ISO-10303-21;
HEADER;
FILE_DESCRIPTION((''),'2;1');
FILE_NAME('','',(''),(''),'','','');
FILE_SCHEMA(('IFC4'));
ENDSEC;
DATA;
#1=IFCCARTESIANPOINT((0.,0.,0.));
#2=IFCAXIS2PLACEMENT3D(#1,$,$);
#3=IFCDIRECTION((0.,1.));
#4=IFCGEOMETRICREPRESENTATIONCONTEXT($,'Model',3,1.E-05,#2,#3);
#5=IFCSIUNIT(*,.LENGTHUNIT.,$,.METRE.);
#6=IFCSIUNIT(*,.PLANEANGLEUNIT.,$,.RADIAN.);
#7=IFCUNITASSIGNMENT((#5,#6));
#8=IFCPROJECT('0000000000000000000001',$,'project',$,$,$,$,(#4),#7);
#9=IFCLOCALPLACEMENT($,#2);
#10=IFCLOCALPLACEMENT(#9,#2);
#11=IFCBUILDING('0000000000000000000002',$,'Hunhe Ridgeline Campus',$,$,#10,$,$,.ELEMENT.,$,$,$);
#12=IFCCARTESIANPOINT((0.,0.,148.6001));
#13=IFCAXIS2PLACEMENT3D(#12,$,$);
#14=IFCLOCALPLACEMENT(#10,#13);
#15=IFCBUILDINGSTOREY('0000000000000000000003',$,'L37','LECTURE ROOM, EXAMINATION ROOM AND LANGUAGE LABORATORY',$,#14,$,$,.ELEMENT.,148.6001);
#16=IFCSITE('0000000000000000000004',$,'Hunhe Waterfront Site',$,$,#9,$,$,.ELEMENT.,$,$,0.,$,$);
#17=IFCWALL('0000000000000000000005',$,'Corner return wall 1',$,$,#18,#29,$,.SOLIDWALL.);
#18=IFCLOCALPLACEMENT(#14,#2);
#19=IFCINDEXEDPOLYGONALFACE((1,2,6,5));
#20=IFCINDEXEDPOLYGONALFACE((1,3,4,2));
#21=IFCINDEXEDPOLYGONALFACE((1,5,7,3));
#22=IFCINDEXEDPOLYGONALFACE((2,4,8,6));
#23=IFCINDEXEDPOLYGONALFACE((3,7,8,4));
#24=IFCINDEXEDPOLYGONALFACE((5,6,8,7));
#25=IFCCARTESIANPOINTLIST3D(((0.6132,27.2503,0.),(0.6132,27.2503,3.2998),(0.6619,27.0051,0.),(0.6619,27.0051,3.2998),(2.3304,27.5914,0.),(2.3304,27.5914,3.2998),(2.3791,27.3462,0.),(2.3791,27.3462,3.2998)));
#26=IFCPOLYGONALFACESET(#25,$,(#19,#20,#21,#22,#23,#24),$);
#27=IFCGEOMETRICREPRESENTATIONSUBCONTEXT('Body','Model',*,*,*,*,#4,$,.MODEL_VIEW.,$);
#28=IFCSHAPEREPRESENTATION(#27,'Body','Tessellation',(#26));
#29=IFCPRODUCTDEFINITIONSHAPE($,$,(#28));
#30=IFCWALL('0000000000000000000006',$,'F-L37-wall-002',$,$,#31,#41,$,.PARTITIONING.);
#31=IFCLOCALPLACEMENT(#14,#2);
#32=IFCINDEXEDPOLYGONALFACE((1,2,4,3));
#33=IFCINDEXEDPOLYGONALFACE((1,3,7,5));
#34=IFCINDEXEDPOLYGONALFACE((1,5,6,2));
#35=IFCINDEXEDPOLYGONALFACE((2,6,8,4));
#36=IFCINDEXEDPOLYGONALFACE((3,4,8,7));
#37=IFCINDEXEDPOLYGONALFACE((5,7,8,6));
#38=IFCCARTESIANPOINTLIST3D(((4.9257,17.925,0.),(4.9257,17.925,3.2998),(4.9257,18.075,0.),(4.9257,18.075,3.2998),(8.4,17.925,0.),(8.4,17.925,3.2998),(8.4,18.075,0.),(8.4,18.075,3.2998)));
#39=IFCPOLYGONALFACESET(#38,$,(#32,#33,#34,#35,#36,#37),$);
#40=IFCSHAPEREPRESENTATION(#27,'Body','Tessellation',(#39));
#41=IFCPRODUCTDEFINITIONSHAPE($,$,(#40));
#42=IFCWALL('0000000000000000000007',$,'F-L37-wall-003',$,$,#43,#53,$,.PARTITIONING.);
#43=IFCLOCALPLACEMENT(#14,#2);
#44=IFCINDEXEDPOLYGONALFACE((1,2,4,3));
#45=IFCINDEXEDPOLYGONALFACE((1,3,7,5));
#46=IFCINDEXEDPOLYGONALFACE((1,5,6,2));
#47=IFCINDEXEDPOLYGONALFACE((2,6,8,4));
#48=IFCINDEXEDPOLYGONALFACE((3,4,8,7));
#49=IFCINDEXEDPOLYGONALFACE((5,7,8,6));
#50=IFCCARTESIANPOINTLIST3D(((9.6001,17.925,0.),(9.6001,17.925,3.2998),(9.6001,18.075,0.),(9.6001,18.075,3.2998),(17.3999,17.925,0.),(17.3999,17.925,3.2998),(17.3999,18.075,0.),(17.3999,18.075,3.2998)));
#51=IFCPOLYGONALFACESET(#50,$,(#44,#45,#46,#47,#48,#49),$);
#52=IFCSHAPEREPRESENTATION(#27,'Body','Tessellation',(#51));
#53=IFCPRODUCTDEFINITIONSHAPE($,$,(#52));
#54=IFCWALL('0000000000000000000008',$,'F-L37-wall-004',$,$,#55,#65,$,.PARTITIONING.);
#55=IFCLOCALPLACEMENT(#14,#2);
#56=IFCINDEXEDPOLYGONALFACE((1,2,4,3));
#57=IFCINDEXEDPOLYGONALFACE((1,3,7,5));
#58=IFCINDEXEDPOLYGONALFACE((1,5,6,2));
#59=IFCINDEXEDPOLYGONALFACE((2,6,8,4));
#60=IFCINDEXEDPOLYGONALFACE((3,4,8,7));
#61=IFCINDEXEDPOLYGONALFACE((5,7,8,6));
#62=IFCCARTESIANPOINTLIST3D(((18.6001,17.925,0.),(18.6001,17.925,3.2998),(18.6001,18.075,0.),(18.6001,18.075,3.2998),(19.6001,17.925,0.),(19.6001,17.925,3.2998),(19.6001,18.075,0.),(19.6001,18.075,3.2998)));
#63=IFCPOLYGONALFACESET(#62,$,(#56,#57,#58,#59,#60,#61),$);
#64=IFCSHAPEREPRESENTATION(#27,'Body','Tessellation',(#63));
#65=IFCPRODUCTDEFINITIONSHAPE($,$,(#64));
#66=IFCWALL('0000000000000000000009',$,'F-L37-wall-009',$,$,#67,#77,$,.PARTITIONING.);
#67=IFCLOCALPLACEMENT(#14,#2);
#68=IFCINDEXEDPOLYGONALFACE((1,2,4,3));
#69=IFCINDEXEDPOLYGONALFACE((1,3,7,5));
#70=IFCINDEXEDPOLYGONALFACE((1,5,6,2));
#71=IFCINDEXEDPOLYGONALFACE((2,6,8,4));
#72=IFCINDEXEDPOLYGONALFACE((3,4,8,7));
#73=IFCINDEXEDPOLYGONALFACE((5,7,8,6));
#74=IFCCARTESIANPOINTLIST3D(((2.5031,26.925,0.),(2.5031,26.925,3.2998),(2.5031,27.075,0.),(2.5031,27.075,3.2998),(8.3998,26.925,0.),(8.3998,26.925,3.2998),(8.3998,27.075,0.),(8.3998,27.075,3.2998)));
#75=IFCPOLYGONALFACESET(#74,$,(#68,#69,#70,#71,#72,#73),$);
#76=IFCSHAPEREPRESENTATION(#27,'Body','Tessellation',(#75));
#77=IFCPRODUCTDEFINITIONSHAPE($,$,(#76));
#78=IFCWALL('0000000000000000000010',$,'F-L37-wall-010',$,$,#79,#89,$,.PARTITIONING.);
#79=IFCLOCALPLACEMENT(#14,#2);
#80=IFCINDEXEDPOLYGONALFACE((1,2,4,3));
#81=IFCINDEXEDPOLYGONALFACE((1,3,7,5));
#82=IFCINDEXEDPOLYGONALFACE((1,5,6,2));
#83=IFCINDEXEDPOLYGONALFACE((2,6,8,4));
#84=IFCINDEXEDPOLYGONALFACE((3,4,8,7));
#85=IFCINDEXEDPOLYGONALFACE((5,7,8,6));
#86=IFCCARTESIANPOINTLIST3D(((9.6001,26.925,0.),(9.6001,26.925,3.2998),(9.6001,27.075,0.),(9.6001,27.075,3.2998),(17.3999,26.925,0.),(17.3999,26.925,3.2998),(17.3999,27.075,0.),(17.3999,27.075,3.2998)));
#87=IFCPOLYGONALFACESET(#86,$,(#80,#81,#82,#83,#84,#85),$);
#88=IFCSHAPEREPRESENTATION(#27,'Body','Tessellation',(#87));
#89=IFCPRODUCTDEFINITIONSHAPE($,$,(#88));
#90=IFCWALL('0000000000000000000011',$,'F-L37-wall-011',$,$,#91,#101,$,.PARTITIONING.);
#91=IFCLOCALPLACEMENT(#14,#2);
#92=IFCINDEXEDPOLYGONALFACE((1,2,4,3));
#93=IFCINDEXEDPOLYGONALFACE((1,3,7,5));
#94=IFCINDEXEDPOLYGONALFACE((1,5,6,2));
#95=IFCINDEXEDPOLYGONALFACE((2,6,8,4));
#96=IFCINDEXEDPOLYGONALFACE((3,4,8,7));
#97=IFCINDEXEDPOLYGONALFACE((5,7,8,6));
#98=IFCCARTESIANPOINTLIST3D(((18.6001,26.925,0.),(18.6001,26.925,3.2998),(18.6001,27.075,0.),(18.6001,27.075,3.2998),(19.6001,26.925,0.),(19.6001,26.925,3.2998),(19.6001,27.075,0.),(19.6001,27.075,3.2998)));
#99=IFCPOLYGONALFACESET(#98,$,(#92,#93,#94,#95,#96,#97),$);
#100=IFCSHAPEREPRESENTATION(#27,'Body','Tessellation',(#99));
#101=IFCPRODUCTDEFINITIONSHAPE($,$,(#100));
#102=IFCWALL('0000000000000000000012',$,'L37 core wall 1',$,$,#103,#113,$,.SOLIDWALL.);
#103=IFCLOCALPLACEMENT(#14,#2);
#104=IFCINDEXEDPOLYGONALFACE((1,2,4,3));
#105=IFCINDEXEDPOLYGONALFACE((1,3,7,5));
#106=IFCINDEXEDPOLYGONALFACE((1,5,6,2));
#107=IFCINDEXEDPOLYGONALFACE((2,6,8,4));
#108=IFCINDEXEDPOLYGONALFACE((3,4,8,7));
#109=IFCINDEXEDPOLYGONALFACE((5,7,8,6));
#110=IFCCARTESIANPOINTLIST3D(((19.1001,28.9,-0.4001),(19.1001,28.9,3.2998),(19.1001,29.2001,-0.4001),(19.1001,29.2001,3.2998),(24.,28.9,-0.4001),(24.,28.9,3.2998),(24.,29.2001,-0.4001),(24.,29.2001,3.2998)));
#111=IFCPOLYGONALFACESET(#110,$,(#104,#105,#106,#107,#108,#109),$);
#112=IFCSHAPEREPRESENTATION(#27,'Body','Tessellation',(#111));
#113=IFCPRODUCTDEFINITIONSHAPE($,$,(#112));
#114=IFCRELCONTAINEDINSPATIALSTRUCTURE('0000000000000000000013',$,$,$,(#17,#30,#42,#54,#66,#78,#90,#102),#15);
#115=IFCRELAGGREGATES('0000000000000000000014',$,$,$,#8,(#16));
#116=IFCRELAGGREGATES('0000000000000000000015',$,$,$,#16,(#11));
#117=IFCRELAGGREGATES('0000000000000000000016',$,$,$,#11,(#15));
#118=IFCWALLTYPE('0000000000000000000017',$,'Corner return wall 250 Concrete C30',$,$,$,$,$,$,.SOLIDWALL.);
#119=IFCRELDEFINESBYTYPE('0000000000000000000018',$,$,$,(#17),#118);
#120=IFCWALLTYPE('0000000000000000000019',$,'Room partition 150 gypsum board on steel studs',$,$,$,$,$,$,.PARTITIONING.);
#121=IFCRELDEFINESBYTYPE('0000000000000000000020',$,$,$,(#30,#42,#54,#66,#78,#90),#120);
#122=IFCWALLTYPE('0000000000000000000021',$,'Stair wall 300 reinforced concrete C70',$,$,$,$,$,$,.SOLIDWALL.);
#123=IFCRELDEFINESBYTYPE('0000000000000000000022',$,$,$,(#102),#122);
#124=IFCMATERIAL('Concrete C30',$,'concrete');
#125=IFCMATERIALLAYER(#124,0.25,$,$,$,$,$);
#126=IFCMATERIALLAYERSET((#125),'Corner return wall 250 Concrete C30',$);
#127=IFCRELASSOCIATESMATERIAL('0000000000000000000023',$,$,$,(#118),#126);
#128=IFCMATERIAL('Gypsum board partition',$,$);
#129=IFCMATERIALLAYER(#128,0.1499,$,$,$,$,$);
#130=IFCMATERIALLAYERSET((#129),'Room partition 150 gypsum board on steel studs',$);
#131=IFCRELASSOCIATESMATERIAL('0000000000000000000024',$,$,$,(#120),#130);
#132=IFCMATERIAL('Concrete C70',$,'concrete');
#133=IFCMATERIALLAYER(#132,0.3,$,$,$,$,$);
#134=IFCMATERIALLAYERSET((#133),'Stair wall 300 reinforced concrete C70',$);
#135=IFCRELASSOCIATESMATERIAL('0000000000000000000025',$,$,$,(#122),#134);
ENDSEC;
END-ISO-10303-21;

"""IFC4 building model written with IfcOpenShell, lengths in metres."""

from ifc_helpers import new_model, si_unit, direction, frame, frame_2d, origin, place, context, subcontext, project, spatial, rectangle, extrude, material, layer, layer_set, type_object, element, save


model = new_model("IFC4")

# Units and contexts
model_context = context("Model", 3, precision=1e-05, world=origin(), true_north=direction((0.0, 1.0)))
body_context = subcontext(model_context, "Body", "Model", "MODEL_VIEW")
ifc_project = project(units=[si_unit("LENGTHUNIT", "METRE"), si_unit("PLANEANGLEUNIT", "RADIAN")], contexts=[model_context])

# Site, building, storey
site_placement = place(None, origin())
site = spatial("IfcSite", under=ifc_project, at=site_placement, Name="Hunhe Waterfront Site", CompositionType="ELEMENT", RefElevation=0.0)
building_placement = place(site_placement, origin())
building = spatial("IfcBuilding", under=site, at=building_placement, Name="Hunhe Ridgeline Campus", CompositionType="ELEMENT")
storey_placement = place(building_placement, frame((0.0, 0.0, 148.6001)))
storey = spatial("IfcBuildingStorey", under=building, at=storey_placement, Name="L37", Description="LECTURE ROOM, EXAMINATION ROOM AND LANGUAGE LABORATORY", CompositionType="ELEMENT", Elevation=148.6001)

# Shared definitions
ifc_material_1 = material(Name="Concrete C70", Category="concrete")

# Walls
ifc_material_2 = material(Name="Concrete C30", Category="concrete")
ifc_layer_1 = layer(ifc_material_2, 0.25)
ifc_layer_set_1 = layer_set([ifc_layer_1], Name="Corner return wall 250 Concrete C30")
wall_type_1 = type_object("IfcWallType", Name="Corner return wall 250 Concrete C30", PredefinedType="SOLIDWALL", material=ifc_layer_set_1)
wall_1_placement = place(storey_placement, frame((0.6375, 27.1277, 0.0), z_axis=(0.0, 0.0, 1.0), x_axis=(0.980843, 0.194802, 0.0)))
element("IfcWall", 1, at=wall_1_placement, inside=storey, type_object=wall_type_1, Name="Corner return wall 1", PredefinedType="SOLIDWALL", context=body_context, shape_type="SweptSolid", body=[
    extrude(rectangle(XDim=1.7507, YDim=0.25, at=frame_2d((0.8755, 0.0))), origin(), (0.0, 0.0, 1.0), 3.2998),
])
ifc_material_3 = material(Name="Gypsum board partition")
ifc_layer_2 = layer(ifc_material_3, 0.1499)
ifc_layer_set_2 = layer_set([ifc_layer_2], Name="Room partition 150 gypsum board on steel studs")
wall_type_2 = type_object("IfcWallType", Name="Room partition 150 gypsum board on steel studs", PredefinedType="PARTITIONING", material=ifc_layer_set_2)
wall_2_placement = place(storey_placement, frame((4.9255, 18.0, 0.0), z_axis=(0.0, 0.0, 1.0), x_axis=(1.0, 0.0, 0.0)))
element("IfcWall", 2, at=wall_2_placement, inside=storey, type_object=wall_type_2, Name="F-L37-wall-002", PredefinedType="PARTITIONING", context=body_context, shape_type="SweptSolid", body=[
    extrude(rectangle(XDim=3.4744, YDim=0.1499, at=frame_2d((1.7373, 0.0))), origin(), (0.0, 0.0, 1.0), 3.2998),
])
wall_3_placement = place(storey_placement, frame((9.6001, 18.0, 0.0), z_axis=(0.0, 0.0, 1.0), x_axis=(1.0, 0.0, 0.0)))
element("IfcWall", 3, at=wall_3_placement, inside=storey, type_object=wall_type_2, Name="F-L37-wall-003", PredefinedType="PARTITIONING", context=body_context, shape_type="SweptSolid", body=[
    extrude(rectangle(XDim=7.7998, YDim=0.1499, at=frame_2d((3.8999, 0.0))), origin(), (0.0, 0.0, 1.0), 3.2998),
])
wall_4_placement = place(storey_placement, frame((18.6001, 18.0, 0.0), z_axis=(0.0, 0.0, 1.0), x_axis=(1.0, 0.0, 0.0)))
element("IfcWall", 4, at=wall_4_placement, inside=storey, type_object=wall_type_2, Name="F-L37-wall-004", PredefinedType="PARTITIONING", context=body_context, shape_type="SweptSolid", body=[
    extrude(rectangle(XDim=1.0, YDim=0.1499, at=frame_2d((0.5, 0.0))), origin(), (0.0, 0.0, 1.0), 3.2998),
])
wall_5_placement = place(storey_placement, frame((2.5032, 27.0, 0.0), z_axis=(0.0, 0.0, 1.0), x_axis=(1.0, 0.0, 0.0)))
element("IfcWall", 5, at=wall_5_placement, inside=storey, type_object=wall_type_2, Name="F-L37-wall-009", PredefinedType="PARTITIONING", context=body_context, shape_type="SweptSolid", body=[
    extrude(rectangle(XDim=5.8967, YDim=0.1499, at=frame_2d((2.9482, 0.0))), origin(), (0.0, 0.0, 1.0), 3.2998),
])
wall_6_placement = place(storey_placement, frame((9.6001, 27.0, 0.0), z_axis=(0.0, 0.0, 1.0), x_axis=(1.0, 0.0, 0.0)))
element("IfcWall", 6, at=wall_6_placement, inside=storey, type_object=wall_type_2, Name="F-L37-wall-010", PredefinedType="PARTITIONING", context=body_context, shape_type="SweptSolid", body=[
    extrude(rectangle(XDim=7.7998, YDim=0.1499, at=frame_2d((3.8999, 0.0))), origin(), (0.0, 0.0, 1.0), 3.2998),
])
wall_7_placement = place(storey_placement, frame((18.6001, 27.0, 0.0), z_axis=(0.0, 0.0, 1.0), x_axis=(1.0, 0.0, 0.0)))
element("IfcWall", 7, at=wall_7_placement, inside=storey, type_object=wall_type_2, Name="F-L37-wall-011", PredefinedType="PARTITIONING", context=body_context, shape_type="SweptSolid", body=[
    extrude(rectangle(XDim=1.0, YDim=0.1499, at=frame_2d((0.5, 0.0))), origin(), (0.0, 0.0, 1.0), 3.2998),
])
ifc_layer_3 = layer(ifc_material_1, 0.3)
ifc_layer_set_3 = layer_set([ifc_layer_3], Name="Stair wall 300 reinforced concrete C70")
wall_type_3 = type_object("IfcWallType", Name="Stair wall 300 reinforced concrete C70", PredefinedType="SOLIDWALL", material=ifc_layer_set_3)
wall_8_placement = place(storey_placement, frame((19.1001, 29.05, -0.4001), z_axis=(0.0, 0.0, 1.0), x_axis=(1.0, 0.0, 0.0)))
element("IfcWall", 8, at=wall_8_placement, inside=storey, type_object=wall_type_3, Name="L37 core wall 1", PredefinedType="SOLIDWALL", context=body_context, shape_type="SweptSolid", body=[
    extrude(rectangle(XDim=4.8999, YDim=0.3, at=frame_2d((2.45, 0.0))), origin(), (0.0, 0.0, 1.0), 3.7),
])

save(model, "model.ifc")
